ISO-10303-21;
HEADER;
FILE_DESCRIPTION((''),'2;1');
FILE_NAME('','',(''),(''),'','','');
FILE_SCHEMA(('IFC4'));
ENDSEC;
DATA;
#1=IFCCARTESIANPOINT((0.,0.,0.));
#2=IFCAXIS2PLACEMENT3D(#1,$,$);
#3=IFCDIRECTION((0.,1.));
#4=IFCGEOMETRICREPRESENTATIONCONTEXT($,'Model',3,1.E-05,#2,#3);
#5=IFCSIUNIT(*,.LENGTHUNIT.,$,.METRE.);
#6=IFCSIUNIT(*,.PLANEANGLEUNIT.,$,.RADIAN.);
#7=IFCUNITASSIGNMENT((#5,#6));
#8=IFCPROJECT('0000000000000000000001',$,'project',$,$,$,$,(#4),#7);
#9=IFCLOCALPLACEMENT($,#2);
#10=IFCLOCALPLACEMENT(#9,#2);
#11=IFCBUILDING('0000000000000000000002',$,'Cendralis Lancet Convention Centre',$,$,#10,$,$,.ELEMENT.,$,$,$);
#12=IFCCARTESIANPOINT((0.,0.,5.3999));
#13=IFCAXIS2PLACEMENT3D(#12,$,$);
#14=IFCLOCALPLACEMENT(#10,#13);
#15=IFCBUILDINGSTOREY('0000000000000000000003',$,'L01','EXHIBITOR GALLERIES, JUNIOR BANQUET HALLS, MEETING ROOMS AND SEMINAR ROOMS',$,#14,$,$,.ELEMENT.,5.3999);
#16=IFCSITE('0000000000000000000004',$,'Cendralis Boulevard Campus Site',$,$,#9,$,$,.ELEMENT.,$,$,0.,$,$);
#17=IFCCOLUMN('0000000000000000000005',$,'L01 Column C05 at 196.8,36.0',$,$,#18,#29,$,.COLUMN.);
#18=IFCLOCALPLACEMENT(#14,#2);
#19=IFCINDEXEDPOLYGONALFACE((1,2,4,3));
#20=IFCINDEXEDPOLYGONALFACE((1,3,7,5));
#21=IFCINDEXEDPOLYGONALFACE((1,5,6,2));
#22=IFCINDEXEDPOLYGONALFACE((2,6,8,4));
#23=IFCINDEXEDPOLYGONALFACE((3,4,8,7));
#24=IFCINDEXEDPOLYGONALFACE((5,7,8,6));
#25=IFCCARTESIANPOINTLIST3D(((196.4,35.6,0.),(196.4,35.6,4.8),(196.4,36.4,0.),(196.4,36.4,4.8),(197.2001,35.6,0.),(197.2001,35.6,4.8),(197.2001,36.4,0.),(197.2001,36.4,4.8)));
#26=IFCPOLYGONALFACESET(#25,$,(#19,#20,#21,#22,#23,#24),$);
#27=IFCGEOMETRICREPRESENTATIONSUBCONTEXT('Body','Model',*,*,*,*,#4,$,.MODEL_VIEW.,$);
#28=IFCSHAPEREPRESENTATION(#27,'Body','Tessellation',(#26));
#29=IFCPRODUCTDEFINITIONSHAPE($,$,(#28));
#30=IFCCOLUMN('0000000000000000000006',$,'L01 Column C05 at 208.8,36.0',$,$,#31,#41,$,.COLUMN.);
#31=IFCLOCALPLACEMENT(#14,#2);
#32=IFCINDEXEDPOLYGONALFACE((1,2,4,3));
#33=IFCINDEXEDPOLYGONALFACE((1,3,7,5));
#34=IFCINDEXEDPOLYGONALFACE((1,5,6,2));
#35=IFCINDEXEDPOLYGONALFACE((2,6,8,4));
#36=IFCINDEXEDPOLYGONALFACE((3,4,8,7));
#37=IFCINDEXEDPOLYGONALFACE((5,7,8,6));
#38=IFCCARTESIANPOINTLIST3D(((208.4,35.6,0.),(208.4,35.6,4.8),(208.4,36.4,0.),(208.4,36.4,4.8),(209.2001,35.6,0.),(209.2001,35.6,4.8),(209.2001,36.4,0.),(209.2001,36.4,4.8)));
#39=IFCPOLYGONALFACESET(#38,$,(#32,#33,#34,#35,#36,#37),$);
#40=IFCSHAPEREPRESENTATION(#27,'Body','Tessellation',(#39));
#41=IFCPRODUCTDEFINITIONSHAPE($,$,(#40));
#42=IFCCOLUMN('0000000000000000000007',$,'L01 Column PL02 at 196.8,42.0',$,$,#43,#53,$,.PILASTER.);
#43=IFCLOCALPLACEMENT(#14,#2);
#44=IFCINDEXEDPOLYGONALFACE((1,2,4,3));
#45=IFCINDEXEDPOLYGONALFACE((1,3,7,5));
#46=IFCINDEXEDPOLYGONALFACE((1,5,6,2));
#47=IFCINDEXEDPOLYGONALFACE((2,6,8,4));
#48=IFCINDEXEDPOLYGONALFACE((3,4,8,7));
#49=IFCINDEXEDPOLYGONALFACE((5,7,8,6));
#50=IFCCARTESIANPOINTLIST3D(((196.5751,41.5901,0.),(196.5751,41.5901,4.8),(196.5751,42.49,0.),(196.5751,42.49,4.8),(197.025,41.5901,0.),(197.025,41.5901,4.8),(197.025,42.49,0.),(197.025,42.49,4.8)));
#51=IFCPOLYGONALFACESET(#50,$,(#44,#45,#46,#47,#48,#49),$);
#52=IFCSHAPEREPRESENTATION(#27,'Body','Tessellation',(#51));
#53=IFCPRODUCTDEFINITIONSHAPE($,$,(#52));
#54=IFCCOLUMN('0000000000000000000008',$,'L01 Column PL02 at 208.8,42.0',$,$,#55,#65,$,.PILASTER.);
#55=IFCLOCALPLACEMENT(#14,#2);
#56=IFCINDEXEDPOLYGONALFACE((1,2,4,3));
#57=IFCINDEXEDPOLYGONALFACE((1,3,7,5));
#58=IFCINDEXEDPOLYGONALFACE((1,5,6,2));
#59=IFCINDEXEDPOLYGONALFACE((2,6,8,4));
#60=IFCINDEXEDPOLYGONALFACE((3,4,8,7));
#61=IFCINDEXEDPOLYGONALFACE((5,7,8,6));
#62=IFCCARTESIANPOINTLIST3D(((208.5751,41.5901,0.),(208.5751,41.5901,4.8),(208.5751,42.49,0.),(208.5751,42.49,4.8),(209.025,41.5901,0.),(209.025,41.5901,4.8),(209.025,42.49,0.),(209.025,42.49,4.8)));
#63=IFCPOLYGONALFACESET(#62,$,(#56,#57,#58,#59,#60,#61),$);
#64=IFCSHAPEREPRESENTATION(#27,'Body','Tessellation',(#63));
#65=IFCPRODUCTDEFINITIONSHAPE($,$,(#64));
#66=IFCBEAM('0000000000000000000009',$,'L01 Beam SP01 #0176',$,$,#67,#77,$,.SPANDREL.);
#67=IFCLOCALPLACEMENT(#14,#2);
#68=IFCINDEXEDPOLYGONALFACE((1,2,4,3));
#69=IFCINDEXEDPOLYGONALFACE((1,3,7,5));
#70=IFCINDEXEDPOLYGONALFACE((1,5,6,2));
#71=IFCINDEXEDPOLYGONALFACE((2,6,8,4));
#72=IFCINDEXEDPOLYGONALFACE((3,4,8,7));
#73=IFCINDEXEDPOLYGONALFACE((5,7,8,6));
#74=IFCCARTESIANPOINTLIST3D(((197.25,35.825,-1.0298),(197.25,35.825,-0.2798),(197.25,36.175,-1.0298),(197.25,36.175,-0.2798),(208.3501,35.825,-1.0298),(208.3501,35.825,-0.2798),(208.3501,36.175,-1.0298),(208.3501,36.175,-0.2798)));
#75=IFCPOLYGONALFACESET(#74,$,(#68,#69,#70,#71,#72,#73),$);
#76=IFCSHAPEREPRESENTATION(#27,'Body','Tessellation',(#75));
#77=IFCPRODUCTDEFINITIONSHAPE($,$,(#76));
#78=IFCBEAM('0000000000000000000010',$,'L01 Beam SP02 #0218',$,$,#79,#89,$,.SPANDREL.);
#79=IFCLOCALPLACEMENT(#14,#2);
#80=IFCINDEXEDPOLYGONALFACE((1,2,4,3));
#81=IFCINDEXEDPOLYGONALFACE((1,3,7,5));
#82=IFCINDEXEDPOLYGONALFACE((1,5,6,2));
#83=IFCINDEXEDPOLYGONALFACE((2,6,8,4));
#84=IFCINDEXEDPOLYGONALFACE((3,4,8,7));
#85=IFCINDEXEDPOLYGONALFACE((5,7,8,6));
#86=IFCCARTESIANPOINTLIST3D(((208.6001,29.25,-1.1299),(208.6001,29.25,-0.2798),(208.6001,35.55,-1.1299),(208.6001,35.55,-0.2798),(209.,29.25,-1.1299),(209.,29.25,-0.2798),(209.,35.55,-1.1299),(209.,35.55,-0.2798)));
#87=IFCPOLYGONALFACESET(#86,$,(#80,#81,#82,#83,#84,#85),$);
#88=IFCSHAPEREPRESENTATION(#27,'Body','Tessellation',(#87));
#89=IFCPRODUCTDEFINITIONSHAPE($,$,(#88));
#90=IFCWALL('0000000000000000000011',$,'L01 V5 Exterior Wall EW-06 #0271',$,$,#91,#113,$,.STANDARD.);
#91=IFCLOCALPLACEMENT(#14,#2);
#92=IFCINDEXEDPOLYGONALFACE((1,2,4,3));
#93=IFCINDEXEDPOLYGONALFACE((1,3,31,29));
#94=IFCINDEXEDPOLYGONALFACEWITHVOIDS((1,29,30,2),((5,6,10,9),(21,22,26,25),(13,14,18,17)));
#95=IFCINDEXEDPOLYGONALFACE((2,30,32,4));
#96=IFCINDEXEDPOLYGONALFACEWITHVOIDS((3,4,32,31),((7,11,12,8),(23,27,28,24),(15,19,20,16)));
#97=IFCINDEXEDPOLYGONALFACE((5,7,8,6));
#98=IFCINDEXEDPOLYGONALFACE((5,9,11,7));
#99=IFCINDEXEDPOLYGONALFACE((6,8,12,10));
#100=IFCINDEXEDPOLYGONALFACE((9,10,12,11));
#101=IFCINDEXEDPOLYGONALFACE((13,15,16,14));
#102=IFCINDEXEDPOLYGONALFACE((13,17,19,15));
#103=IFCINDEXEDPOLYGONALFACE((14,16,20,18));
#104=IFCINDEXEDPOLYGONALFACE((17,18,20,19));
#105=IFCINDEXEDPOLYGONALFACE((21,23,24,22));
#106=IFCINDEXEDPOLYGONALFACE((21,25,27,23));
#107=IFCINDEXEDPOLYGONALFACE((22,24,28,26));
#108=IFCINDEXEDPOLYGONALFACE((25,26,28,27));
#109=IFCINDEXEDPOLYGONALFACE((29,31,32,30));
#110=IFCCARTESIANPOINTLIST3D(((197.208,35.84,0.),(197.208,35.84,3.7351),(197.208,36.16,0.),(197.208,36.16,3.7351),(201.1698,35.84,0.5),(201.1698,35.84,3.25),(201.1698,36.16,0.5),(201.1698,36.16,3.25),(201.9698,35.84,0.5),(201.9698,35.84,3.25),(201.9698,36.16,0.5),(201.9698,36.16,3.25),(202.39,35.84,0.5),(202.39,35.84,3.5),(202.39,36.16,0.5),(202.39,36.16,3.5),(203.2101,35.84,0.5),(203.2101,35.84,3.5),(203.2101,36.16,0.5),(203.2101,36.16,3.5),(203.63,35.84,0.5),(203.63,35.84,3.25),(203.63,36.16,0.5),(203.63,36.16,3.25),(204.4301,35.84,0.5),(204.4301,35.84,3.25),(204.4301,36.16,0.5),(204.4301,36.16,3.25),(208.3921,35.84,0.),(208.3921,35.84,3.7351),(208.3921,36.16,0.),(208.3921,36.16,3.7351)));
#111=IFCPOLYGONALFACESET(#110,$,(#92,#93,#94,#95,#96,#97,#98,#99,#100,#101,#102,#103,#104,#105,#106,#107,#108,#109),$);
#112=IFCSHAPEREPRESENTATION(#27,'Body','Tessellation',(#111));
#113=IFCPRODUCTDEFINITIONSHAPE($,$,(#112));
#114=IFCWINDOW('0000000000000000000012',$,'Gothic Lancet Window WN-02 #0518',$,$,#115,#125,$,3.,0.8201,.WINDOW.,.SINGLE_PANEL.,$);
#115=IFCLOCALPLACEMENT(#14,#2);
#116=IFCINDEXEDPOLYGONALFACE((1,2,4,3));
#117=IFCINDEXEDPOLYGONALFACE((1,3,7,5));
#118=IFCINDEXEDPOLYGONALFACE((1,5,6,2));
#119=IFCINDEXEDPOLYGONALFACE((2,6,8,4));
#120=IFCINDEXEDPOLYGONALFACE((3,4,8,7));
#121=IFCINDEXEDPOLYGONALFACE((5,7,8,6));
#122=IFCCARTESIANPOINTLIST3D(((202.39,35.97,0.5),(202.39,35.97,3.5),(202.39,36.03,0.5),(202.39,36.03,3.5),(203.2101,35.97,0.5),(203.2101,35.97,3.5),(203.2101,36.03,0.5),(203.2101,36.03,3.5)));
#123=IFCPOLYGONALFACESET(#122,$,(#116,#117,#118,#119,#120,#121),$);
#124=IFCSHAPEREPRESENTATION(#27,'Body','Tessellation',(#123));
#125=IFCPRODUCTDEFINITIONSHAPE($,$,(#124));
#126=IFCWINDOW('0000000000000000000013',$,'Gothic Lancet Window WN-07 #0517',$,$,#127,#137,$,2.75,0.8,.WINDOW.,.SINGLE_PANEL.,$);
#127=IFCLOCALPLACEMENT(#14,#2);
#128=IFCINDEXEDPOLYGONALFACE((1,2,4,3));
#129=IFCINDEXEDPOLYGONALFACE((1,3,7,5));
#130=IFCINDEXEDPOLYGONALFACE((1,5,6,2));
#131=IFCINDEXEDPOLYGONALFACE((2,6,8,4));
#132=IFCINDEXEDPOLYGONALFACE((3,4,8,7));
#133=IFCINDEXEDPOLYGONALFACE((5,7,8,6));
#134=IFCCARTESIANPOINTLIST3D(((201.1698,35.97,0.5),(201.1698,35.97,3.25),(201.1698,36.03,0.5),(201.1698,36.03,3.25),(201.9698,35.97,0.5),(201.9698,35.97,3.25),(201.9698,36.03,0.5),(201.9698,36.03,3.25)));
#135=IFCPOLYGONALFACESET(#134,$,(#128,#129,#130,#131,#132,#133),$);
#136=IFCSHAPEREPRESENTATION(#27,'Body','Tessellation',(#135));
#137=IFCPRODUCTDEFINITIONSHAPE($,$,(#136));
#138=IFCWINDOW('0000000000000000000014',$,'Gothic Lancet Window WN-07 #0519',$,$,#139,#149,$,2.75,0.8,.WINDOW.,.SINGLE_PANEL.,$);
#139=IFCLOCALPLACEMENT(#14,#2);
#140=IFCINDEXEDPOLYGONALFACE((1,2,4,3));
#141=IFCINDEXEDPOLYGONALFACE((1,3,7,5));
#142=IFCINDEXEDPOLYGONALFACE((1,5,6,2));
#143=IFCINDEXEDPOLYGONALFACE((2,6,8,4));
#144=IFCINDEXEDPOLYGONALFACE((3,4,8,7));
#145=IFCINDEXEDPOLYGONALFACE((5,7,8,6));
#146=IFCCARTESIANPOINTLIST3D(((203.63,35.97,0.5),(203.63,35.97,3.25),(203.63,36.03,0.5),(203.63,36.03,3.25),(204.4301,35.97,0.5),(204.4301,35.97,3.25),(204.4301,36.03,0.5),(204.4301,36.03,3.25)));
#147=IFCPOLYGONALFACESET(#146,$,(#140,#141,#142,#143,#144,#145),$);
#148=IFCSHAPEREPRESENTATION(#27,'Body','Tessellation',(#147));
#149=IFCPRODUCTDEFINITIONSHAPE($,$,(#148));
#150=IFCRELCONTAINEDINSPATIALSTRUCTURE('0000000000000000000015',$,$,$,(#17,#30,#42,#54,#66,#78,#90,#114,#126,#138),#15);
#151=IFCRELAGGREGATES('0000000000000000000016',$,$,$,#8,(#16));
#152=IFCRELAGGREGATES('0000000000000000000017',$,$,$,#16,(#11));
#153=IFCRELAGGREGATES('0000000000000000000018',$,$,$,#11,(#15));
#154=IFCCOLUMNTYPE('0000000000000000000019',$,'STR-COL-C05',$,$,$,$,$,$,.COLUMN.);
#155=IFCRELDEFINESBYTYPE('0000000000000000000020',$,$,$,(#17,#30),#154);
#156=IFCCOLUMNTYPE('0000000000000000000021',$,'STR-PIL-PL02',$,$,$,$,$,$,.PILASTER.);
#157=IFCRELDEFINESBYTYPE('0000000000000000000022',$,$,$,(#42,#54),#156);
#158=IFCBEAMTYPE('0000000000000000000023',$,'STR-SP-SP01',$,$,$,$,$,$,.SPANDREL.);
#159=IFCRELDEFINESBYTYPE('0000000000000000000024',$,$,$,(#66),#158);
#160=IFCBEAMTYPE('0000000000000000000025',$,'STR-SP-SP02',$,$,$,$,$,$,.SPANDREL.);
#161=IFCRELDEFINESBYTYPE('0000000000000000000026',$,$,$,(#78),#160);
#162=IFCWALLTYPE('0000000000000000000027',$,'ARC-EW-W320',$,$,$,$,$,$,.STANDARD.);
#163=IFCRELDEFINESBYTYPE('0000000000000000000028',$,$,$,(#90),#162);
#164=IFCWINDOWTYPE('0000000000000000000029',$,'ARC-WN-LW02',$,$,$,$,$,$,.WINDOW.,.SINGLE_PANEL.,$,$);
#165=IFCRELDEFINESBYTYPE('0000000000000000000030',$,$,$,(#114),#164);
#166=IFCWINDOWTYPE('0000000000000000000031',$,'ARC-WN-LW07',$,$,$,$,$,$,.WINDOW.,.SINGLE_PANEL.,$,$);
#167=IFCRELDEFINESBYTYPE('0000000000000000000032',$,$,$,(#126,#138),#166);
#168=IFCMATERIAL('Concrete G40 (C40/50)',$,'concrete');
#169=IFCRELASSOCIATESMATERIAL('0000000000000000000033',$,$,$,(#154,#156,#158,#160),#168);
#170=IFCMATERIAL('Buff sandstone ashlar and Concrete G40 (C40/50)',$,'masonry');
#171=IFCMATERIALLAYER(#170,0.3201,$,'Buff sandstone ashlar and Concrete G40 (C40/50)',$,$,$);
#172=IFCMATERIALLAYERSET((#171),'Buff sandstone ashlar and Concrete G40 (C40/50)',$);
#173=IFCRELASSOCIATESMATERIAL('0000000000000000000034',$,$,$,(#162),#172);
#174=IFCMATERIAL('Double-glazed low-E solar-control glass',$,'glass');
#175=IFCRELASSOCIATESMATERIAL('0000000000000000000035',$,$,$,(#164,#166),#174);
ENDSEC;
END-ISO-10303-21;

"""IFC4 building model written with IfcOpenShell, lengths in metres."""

from ifc_helpers import new_model, si_unit, direction, frame, frame_2d, origin, origin_2d, place, context, subcontext, project, spatial, rectangle, extrude, material, layer, layer_set, material_profile, profile_set, type_object, element, fill, save


model = new_model("IFC4")

# Units and contexts
model_context = context("Model", 3, precision=1e-05, world=origin(), true_north=direction((0.0, 1.0)))
body_context = subcontext(model_context, "Body", "Model", "MODEL_VIEW")
ifc_project = project(units=[si_unit("LENGTHUNIT", "METRE"), si_unit("PLANEANGLEUNIT", "RADIAN")], contexts=[model_context])

# Site, building, storey
site_placement = place(None, origin())
site = spatial("IfcSite", under=ifc_project, at=site_placement, Name="Cendralis Boulevard Campus Site", CompositionType="ELEMENT", RefElevation=0.0)
building_placement = place(site_placement, origin())
building = spatial("IfcBuilding", under=site, at=building_placement, Name="Cendralis Lancet Convention Centre", CompositionType="ELEMENT")
storey_placement = place(building_placement, frame((0.0, 0.0, 5.3999)))
storey = spatial("IfcBuildingStorey", under=building, at=storey_placement, Name="L01", Description="EXHIBITOR GALLERIES, JUNIOR BANQUET HALLS, MEETING ROOMS AND SEMINAR ROOMS", CompositionType="ELEMENT", Elevation=5.3999)

# Columns
ifc_material_1 = material(Name="Concrete G40 (C40/50)", Category="concrete")
ifc_material_profile_1 = material_profile(ifc_material_1, rectangle(XDim=0.8, YDim=0.8, at=origin_2d()), Name="RC 800x800")
ifc_profile_set_1 = profile_set([ifc_material_profile_1], Name="Concrete G40 (C40/50)")
column_type_1 = type_object("IfcColumnType", Name="STR-COL-C05", PredefinedType="COLUMN", material=ifc_profile_set_1)
for number, where, z_axis, x_axis, name in (
    (1, (196.8, 36.0, 0.0), (0.0, 0.0, 1.0), (1.0, 0.0, 0.0), "L01 Column C05 at 196.8,36.0"),
    (2, (208.8, 36.0, 0.0), (0.0, 0.0, 1.0), (1.0, 0.0, 0.0), "L01 Column C05 at 208.8,36.0"),
):
    element("IfcColumn", number, at=place(storey_placement, frame(where, z_axis=z_axis, x_axis=x_axis)), inside=storey, type_object=column_type_1, Name=name, PredefinedType="COLUMN", context=body_context, shape_type="SweptSolid", body=[
        extrude(rectangle(XDim=0.8, YDim=0.8, at=origin_2d()), origin(), (0.0, 0.0, 1.0), 4.8),
    ])
ifc_material_profile_2 = material_profile(ifc_material_1, rectangle(XDim=0.45, YDim=0.8999, at=origin_2d()), Name="RC 450x900")
ifc_profile_set_2 = profile_set([ifc_material_profile_2], Name="Concrete G40 (C40/50)")
column_type_2 = type_object("IfcColumnType", Name="STR-PIL-PL02", PredefinedType="PILASTER", material=ifc_profile_set_2)
for number, where, z_axis, x_axis, name in (
    (3, (196.8, 42.04, 0.0), (0.0, 0.0, 1.0), (1.0, 0.0, 0.0), "L01 Column PL02 at 196.8,42.0"),
    (4, (208.8, 42.04, 0.0), (0.0, 0.0, 1.0), (1.0, 0.0, 0.0), "L01 Column PL02 at 208.8,42.0"),
):
    element("IfcColumn", number, at=place(storey_placement, frame(where, z_axis=z_axis, x_axis=x_axis)), inside=storey, type_object=column_type_2, Name=name, PredefinedType="PILASTER", context=body_context, shape_type="SweptSolid", body=[
        extrude(rectangle(XDim=0.45, YDim=0.8999, at=origin_2d()), origin(), (0.0, 0.0, 1.0), 4.8),
    ])

# Beams
ifc_material_profile_3 = material_profile(ifc_material_1, rectangle(XDim=0.3501, YDim=0.75, at=origin_2d()), Name="RCB 350x750")
ifc_profile_set_3 = profile_set([ifc_material_profile_3], Name="Concrete G40 (C40/50)")
beam_type_1 = type_object("IfcBeamType", Name="STR-SP-SP01", PredefinedType="SPANDREL", material=ifc_profile_set_3)
beam_1_placement = place(storey_placement, frame((197.25, 36.0, -0.6548), z_axis=(1.0, 0.0, 0.0), x_axis=(0.0, 1.0, 0.0)))
element("IfcBeam", 5, at=beam_1_placement, inside=storey, type_object=beam_type_1, Name="L01 Beam SP01 #0176", PredefinedType="SPANDREL", context=body_context, shape_type="SweptSolid", body=[
    extrude(rectangle(XDim=0.3501, YDim=0.75, at=origin_2d()), origin(), (0.0, 0.0, 1.0), 11.1001),
])
ifc_material_profile_4 = material_profile(ifc_material_1, rectangle(XDim=0.3999, YDim=0.8501, at=origin_2d()), Name="RCB 400x850")
ifc_profile_set_4 = profile_set([ifc_material_profile_4], Name="Concrete G40 (C40/50)")
beam_type_2 = type_object("IfcBeamType", Name="STR-SP-SP02", PredefinedType="SPANDREL", material=ifc_profile_set_4)
beam_2_placement = place(storey_placement, frame((208.8, 29.25, -0.7048), z_axis=(0.0, 1.0, 0.0), x_axis=(-1.0, 0.0, 0.0)))
element("IfcBeam", 6, at=beam_2_placement, inside=storey, type_object=beam_type_2, Name="L01 Beam SP02 #0218", PredefinedType="SPANDREL", context=body_context, shape_type="SweptSolid", body=[
    extrude(rectangle(XDim=0.3999, YDim=0.8501, at=origin_2d()), origin(), (0.0, 0.0, 1.0), 6.3),
])

# Wall, openings, windows
ifc_material_2 = material(Name="Buff sandstone ashlar and Concrete G40 (C40/50)", Category="masonry")
ifc_layer_1 = layer(ifc_material_2, 0.3201, Name="Buff sandstone ashlar and Concrete G40 (C40/50)")
ifc_layer_set_1 = layer_set([ifc_layer_1], Name="Buff sandstone ashlar and Concrete G40 (C40/50)")
wall_type_1 = type_object("IfcWallType", Name="ARC-EW-W320", PredefinedType="STANDARD", material=ifc_layer_set_1)
wall_1_placement = place(storey_placement, frame((197.208, 36.0, 0.0), z_axis=(0.0, 0.0, 1.0), x_axis=(1.0, 0.0, 0.0)))
wall_1 = element("IfcWall", 7, at=wall_1_placement, inside=storey, type_object=wall_type_1, Name="L01 V5 Exterior Wall EW-06 #0271", PredefinedType="STANDARD", context=body_context, shape_type="SweptSolid", body=[
    extrude(rectangle(XDim=11.1841, YDim=0.3201, at=frame_2d((5.592, 0.0))), origin(), (0.0, 0.0, 1.0), 3.7351),
])
opening_1_placement = place(wall_1_placement, frame((3.9619, 0.0, 0.5)))
opening_1 = element("IfcOpeningElement", 8, at=opening_1_placement, cuts=wall_1, PredefinedType="OPENING", context=body_context, shape_type="SweptSolid", body=[
    extrude(rectangle(XDim=0.8, YDim=2.75, at=frame_2d((0.3999, 1.375))), frame((0.0, 0.1699, 0.0), z_axis=(0.0, -1.0, 0.0), x_axis=(1.0, 0.0, 0.0)), (0.0, 0.0, 1.0), 0.3401),
])
opening_2_placement = place(wall_1_placement, frame((5.1819, 0.0, 0.5)))
opening_2 = element("IfcOpeningElement", 9, at=opening_2_placement, cuts=wall_1, PredefinedType="OPENING", context=body_context, shape_type="SweptSolid", body=[
    extrude(rectangle(XDim=0.8201, YDim=3.0, at=frame_2d((0.4102, 1.5))), frame((0.0, 0.1699, 0.0), z_axis=(0.0, -1.0, 0.0), x_axis=(1.0, 0.0, 0.0)), (0.0, 0.0, 1.0), 0.3401),
])
opening_3_placement = place(wall_1_placement, frame((6.4221, 0.0, 0.5)))
opening_3 = element("IfcOpeningElement", 10, at=opening_3_placement, cuts=wall_1, PredefinedType="OPENING", context=body_context, shape_type="SweptSolid", body=[
    extrude(rectangle(XDim=0.8, YDim=2.75, at=frame_2d((0.3999, 1.375))), frame((0.0, 0.1699, 0.0), z_axis=(0.0, -1.0, 0.0), x_axis=(1.0, 0.0, 0.0)), (0.0, 0.0, 1.0), 0.3401),
])
ifc_material_3 = material(Name="Double-glazed low-E solar-control glass", Category="glass")
window_type_1 = type_object("IfcWindowType", Name="ARC-WN-LW02", PartitioningType="SINGLE_PANEL", PredefinedType="WINDOW", material=ifc_material_3)
window_1_placement = place(opening_2_placement, origin())
window_1 = element("IfcWindow", 11, at=window_1_placement, inside=storey, type_object=window_type_1, Name="Gothic Lancet Window WN-02 #0518", OverallHeight=3.0, OverallWidth=0.8201, PartitioningType="SINGLE_PANEL", PredefinedType="WINDOW", context=body_context, shape_type="SweptSolid", body=[
    extrude(rectangle(XDim=0.8201, YDim=3.0, at=frame_2d((0.4102, 1.5))), frame((0.0, 0.03, 0.0), z_axis=(0.0, -1.0, 0.0), x_axis=(1.0, 0.0, 0.0)), (0.0, 0.0, 1.0), 0.0601),
])
fill(opening_2, window_1)
window_type_2 = type_object("IfcWindowType", Name="ARC-WN-LW07", PartitioningType="SINGLE_PANEL", PredefinedType="WINDOW", material=ifc_material_3)
window_2_placement = place(opening_1_placement, origin())
window_2 = element("IfcWindow", 12, at=window_2_placement, inside=storey, type_object=window_type_2, Name="Gothic Lancet Window WN-07 #0517", OverallHeight=2.75, OverallWidth=0.8, PartitioningType="SINGLE_PANEL", PredefinedType="WINDOW", context=body_context, shape_type="SweptSolid", body=[
    extrude(rectangle(XDim=0.8, YDim=2.75, at=frame_2d((0.3999, 1.375))), frame((0.0, 0.03, 0.0), z_axis=(0.0, -1.0, 0.0), x_axis=(1.0, 0.0, 0.0)), (0.0, 0.0, 1.0), 0.0601),
])
fill(opening_1, window_2)
window_3_placement = place(opening_3_placement, origin())
window_3 = element("IfcWindow", 13, at=window_3_placement, inside=storey, type_object=window_type_2, Name="Gothic Lancet Window WN-07 #0519", OverallHeight=2.75, OverallWidth=0.8, PartitioningType="SINGLE_PANEL", PredefinedType="WINDOW", context=body_context, shape_type="SweptSolid", body=[
    extrude(rectangle(XDim=0.8, YDim=2.75, at=frame_2d((0.3999, 1.375))), frame((0.0, 0.03, 0.0), z_axis=(0.0, -1.0, 0.0), x_axis=(1.0, 0.0, 0.0)), (0.0, 0.0, 1.0), 0.0601),
])
fill(opening_3, window_3)

save(model, "model.ifc")
